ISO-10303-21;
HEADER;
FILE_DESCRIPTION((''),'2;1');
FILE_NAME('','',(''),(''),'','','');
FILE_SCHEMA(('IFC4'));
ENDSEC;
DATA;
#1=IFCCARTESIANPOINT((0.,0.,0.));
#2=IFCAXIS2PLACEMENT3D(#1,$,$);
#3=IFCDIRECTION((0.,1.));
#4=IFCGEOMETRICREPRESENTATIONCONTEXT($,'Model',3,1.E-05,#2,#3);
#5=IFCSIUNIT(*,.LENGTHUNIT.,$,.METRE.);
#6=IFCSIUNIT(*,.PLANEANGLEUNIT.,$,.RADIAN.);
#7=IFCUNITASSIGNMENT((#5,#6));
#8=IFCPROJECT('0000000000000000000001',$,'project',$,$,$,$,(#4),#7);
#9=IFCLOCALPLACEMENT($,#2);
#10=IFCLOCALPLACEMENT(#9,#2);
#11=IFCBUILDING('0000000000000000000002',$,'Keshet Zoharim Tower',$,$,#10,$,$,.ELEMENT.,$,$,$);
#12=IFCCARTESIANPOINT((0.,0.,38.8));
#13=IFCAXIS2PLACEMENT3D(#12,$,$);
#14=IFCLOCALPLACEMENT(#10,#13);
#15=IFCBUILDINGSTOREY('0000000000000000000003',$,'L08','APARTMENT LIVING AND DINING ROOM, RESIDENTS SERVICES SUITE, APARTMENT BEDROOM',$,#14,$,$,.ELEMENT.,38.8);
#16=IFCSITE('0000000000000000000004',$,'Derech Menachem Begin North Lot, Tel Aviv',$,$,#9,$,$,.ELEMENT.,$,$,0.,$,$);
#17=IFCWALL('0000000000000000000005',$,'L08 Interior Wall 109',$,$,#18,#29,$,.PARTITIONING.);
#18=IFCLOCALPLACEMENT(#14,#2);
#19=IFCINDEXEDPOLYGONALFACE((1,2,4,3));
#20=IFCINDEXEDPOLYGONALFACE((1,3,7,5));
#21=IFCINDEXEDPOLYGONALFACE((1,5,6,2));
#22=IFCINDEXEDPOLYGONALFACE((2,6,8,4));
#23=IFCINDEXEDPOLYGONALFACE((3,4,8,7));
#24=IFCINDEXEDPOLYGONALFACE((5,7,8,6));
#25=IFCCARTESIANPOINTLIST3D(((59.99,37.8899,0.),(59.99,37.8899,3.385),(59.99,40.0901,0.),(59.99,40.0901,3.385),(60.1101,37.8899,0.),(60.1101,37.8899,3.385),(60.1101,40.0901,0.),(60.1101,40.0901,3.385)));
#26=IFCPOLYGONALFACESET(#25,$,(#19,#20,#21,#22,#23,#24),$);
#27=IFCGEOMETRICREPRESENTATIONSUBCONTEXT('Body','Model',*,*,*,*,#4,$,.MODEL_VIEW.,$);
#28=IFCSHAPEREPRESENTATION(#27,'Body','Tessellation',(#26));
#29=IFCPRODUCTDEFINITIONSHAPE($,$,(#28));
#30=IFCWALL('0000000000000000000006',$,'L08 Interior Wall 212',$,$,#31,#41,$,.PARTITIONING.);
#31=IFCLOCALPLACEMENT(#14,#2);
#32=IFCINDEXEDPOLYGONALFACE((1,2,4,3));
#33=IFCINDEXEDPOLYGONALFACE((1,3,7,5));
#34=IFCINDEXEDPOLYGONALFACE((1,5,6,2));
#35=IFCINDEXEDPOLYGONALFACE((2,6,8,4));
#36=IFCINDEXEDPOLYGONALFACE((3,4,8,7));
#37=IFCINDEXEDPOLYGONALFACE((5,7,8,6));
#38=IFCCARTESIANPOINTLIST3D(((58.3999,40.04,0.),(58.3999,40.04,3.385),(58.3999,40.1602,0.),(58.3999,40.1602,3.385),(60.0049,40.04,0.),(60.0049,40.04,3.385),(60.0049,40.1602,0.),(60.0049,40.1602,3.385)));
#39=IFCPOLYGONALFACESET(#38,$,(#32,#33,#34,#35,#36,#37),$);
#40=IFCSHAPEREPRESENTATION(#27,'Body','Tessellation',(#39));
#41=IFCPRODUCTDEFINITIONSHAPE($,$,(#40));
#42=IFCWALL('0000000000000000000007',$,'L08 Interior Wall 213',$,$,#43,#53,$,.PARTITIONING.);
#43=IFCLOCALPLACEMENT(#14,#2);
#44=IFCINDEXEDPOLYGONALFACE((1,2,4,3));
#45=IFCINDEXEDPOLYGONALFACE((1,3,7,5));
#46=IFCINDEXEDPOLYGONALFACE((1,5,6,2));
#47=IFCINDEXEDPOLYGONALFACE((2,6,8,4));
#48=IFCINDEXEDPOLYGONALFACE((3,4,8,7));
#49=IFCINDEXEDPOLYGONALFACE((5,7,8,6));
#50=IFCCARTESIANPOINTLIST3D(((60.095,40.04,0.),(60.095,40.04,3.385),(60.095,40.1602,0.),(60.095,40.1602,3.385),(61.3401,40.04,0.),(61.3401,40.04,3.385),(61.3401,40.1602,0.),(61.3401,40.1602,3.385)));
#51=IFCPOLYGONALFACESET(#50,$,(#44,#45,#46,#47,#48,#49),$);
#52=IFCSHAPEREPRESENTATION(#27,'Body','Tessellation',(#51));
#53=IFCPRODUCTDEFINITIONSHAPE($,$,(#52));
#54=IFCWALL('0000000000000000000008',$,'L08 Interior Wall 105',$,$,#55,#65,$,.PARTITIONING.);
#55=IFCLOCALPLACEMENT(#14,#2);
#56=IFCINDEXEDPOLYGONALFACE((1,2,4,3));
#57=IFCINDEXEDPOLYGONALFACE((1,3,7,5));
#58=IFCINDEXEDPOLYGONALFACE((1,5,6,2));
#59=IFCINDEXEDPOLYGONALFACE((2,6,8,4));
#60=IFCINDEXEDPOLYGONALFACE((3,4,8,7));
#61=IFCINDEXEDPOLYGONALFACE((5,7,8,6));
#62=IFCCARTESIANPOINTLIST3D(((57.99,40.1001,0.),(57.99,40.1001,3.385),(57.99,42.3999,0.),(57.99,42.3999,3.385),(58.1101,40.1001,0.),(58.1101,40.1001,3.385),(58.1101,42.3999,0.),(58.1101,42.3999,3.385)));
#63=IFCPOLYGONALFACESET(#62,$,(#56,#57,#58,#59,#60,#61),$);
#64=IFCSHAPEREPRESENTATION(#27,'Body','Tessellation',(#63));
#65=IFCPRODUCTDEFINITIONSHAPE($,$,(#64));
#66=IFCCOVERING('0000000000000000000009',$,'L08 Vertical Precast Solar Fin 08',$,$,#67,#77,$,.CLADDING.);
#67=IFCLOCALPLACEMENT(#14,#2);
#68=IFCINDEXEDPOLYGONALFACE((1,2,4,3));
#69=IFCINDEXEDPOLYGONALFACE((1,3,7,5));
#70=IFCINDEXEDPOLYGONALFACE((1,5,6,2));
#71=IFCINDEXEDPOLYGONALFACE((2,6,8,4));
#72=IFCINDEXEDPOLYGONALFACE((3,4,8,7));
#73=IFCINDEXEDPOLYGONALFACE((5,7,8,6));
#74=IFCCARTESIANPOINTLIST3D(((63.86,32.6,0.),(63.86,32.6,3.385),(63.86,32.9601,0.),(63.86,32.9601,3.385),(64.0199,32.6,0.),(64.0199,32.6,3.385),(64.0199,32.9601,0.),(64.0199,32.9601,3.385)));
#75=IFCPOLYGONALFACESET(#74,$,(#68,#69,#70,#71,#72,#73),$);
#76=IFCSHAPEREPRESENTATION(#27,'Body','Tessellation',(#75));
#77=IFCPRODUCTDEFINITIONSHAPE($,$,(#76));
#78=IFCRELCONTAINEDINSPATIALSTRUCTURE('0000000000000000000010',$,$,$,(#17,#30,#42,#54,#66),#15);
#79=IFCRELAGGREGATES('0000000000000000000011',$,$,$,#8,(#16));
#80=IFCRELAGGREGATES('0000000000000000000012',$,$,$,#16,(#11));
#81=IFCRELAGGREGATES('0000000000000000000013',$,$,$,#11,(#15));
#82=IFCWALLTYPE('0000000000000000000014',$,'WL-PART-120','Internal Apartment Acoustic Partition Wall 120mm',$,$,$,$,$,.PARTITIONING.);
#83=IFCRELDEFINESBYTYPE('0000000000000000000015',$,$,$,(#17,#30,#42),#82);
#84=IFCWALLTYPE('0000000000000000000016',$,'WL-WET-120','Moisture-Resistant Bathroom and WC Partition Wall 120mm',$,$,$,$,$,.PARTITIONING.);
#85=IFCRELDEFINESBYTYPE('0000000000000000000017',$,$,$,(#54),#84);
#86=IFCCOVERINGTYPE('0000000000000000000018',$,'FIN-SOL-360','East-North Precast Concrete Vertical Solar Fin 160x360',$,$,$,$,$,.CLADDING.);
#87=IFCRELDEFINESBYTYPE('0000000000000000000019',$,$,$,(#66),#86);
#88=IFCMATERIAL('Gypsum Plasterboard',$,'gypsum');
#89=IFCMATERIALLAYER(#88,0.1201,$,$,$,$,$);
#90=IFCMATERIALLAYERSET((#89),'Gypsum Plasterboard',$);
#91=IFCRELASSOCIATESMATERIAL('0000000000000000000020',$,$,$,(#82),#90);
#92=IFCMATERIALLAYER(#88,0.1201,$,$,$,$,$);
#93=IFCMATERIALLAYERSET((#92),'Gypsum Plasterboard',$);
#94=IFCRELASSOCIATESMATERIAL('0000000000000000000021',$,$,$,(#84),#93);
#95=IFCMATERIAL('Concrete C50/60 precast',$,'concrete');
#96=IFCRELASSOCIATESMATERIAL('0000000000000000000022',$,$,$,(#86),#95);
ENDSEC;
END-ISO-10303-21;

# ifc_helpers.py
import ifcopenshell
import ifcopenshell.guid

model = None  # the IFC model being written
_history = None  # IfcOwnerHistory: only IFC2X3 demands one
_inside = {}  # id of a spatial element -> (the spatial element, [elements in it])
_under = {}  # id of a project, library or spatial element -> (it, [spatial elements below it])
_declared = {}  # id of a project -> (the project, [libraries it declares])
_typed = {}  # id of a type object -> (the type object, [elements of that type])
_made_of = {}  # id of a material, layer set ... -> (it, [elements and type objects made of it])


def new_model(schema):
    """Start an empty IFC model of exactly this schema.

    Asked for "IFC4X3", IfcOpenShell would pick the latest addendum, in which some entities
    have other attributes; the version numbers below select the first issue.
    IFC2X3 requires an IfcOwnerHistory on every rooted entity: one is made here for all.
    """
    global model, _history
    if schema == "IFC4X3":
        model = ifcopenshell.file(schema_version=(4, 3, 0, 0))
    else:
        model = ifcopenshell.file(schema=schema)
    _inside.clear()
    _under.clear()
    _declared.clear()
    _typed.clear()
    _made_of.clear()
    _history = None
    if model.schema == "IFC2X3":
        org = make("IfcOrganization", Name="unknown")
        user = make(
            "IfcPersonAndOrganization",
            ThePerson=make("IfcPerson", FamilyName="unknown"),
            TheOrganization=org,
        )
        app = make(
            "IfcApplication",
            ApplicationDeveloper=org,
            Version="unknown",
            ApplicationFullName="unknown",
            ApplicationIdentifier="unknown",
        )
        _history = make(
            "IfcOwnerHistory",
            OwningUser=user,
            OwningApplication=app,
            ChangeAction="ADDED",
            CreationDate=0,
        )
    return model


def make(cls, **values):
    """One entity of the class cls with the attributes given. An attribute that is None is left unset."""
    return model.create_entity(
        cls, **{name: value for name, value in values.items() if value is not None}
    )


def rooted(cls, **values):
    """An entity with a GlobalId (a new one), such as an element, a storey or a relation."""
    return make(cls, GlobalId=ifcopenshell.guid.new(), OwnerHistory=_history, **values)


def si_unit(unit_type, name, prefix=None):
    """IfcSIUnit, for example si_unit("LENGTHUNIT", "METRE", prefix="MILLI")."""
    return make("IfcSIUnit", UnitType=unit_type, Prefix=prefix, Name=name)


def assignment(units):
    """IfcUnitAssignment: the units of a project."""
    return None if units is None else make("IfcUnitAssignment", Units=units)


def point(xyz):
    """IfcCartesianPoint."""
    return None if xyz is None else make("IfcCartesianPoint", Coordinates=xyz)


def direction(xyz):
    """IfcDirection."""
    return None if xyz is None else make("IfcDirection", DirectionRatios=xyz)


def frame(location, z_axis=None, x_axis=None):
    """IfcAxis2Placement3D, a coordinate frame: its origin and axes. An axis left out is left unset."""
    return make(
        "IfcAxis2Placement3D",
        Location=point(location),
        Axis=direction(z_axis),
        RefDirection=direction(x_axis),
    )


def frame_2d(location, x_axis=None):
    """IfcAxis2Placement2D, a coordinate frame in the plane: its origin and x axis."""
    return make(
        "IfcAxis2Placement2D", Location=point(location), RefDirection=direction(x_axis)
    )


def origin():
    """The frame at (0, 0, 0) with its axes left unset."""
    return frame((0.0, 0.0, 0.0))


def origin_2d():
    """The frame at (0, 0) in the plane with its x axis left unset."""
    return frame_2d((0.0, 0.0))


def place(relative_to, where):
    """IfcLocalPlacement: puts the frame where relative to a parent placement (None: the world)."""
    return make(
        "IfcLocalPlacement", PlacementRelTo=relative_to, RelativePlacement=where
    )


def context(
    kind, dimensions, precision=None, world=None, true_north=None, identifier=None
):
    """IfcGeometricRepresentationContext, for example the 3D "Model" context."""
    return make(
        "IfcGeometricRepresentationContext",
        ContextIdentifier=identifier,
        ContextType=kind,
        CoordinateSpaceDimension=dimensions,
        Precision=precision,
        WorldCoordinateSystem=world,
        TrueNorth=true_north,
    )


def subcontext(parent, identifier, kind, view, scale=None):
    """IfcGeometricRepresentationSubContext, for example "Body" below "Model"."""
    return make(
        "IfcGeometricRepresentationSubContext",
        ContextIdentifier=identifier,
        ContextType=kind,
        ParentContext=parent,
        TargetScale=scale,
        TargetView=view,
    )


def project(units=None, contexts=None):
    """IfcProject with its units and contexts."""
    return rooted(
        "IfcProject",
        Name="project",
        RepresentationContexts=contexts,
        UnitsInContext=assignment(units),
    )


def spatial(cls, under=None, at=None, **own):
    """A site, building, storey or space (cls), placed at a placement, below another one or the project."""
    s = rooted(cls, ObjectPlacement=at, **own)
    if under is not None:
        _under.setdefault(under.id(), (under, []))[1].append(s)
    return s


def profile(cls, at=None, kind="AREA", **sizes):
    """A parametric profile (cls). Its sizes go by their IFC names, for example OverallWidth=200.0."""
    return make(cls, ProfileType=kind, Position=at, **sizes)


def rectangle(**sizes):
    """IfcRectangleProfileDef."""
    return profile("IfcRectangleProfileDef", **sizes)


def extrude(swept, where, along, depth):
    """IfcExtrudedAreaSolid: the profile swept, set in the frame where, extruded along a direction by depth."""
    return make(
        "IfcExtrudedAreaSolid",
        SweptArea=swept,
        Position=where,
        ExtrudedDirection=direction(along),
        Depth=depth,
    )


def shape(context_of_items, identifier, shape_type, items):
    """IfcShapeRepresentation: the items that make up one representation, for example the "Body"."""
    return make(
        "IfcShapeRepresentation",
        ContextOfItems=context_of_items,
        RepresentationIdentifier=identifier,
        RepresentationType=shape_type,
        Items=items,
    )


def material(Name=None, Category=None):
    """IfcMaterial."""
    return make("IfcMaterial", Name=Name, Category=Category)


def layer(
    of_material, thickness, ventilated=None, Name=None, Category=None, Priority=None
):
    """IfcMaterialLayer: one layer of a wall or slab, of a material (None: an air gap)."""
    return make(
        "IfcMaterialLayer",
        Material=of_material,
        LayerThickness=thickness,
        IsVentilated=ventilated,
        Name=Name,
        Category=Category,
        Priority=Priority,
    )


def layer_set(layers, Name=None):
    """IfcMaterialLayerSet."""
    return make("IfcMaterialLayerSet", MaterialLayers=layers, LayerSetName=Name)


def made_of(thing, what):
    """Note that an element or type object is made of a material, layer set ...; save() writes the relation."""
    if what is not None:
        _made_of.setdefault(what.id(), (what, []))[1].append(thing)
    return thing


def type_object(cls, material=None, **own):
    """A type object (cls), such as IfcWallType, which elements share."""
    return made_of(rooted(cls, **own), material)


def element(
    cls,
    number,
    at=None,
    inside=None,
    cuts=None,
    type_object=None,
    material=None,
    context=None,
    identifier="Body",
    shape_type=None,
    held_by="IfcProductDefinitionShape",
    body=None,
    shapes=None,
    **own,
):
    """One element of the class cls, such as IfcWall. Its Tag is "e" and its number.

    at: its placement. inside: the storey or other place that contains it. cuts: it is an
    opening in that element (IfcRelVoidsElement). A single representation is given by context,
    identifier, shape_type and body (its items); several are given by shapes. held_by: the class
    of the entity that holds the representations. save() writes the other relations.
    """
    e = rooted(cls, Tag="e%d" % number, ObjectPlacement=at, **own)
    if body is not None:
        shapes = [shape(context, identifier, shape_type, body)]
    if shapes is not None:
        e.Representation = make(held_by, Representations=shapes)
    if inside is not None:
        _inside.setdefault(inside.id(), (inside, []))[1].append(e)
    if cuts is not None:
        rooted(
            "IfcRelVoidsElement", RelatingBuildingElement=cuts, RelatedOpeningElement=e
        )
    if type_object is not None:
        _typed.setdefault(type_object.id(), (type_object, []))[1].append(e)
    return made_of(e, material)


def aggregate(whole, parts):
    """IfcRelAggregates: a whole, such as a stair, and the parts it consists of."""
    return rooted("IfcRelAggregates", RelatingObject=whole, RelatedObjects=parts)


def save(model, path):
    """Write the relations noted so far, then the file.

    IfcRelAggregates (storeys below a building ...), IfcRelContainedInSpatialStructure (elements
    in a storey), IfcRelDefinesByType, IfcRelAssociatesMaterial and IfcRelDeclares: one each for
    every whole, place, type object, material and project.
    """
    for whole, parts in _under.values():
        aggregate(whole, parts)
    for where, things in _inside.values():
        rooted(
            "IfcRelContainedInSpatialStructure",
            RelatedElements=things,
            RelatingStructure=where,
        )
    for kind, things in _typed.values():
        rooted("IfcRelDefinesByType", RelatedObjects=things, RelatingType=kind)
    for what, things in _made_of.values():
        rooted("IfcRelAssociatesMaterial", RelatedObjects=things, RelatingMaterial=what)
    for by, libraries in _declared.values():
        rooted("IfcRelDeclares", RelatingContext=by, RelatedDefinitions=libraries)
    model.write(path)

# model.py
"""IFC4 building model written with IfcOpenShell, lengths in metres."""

from ifc_helpers import new_model, si_unit, direction, frame, frame_2d, origin, origin_2d, place, context, subcontext, project, spatial, rectangle, extrude, material, layer, layer_set, type_object, element, save


model = new_model("IFC4")

# Units and contexts
model_context = context("Model", 3, precision=1e-05, world=origin(), true_north=direction((0.0, 1.0)))
body_context = subcontext(model_context, "Body", "Model", "MODEL_VIEW")
ifc_project = project(units=[si_unit("LENGTHUNIT", "METRE"), si_unit("PLANEANGLEUNIT", "RADIAN")], contexts=[model_context])

# Site, building, storey
site_placement = place(None, origin())
site = spatial("IfcSite", under=ifc_project, at=site_placement, Name="Derech Menachem Begin North Lot, Tel Aviv", CompositionType="ELEMENT", RefElevation=0.0)
building_placement = place(site_placement, origin())
building = spatial("IfcBuilding", under=site, at=building_placement, Name="Keshet Zoharim Tower", CompositionType="ELEMENT")
storey_placement = place(building_placement, frame((0.0, 0.0, 38.8)))
storey = spatial("IfcBuildingStorey", under=building, at=storey_placement, Name="L08", Description="APARTMENT LIVING AND DINING ROOM, RESIDENTS SERVICES SUITE, APARTMENT BEDROOM", CompositionType="ELEMENT", Elevation=38.8)

# Walls
ifc_material_1 = material(Name="Gypsum Plasterboard", Category="gypsum")
ifc_layer_1 = layer(ifc_material_1, 0.1201)
ifc_layer_set_1 = layer_set([ifc_layer_1], Name="Gypsum Plasterboard")
wall_type_1 = type_object("IfcWallType", Name="WL-PART-120", Description="Internal Apartment Acoustic Partition Wall 120mm", PredefinedType="PARTITIONING", material=ifc_layer_set_1)
wall_1_placement = place(storey_placement, frame((60.05, 37.8899, 0.0), z_axis=(0.0, 0.0, 1.0), x_axis=(0.0, 1.0, 0.0)))
element("IfcWall", 1, at=wall_1_placement, inside=storey, type_object=wall_type_1, Name="L08 Interior Wall 109", PredefinedType="PARTITIONING", context=body_context, shape_type="SweptSolid", body=[
    extrude(rectangle(XDim=2.2002, YDim=0.1201, at=frame_2d((1.1001, 0.0))), origin(), (0.0, 0.0, 1.0), 3.385),
])
wall_2_placement = place(storey_placement, frame((58.3999, 40.1001, 0.0), z_axis=(0.0, 0.0, 1.0), x_axis=(1.0, 0.0, 0.0)))
element("IfcWall", 2, at=wall_2_placement, inside=storey, type_object=wall_type_1, Name="L08 Interior Wall 212", PredefinedType="PARTITIONING", context=body_context, shape_type="SweptSolid", body=[
    extrude(rectangle(XDim=1.605, YDim=0.1201, at=frame_2d((0.8025, 0.0))), origin(), (0.0, 0.0, 1.0), 3.385),
])
wall_3_placement = place(storey_placement, frame((60.095, 40.1001, 0.0), z_axis=(0.0, 0.0, 1.0), x_axis=(1.0, 0.0, 0.0)))
element("IfcWall", 3, at=wall_3_placement, inside=storey, type_object=wall_type_1, Name="L08 Interior Wall 213", PredefinedType="PARTITIONING", context=body_context, shape_type="SweptSolid", body=[
    extrude(rectangle(XDim=1.2451, YDim=0.1201, at=frame_2d((0.6226, 0.0))), origin(), (0.0, 0.0, 1.0), 3.385),
])
ifc_layer_2 = layer(ifc_material_1, 0.1201)
ifc_layer_set_2 = layer_set([ifc_layer_2], Name="Gypsum Plasterboard")
wall_type_2 = type_object("IfcWallType", Name="WL-WET-120", Description="Moisture-Resistant Bathroom and WC Partition Wall 120mm", PredefinedType="PARTITIONING", material=ifc_layer_set_2)
wall_4_placement = place(storey_placement, frame((58.05, 40.1001, 0.0), z_axis=(0.0, 0.0, 1.0), x_axis=(0.0, 1.0, 0.0)))
element("IfcWall", 4, at=wall_4_placement, inside=storey, type_object=wall_type_2, Name="L08 Interior Wall 105", PredefinedType="PARTITIONING", context=body_context, shape_type="SweptSolid", body=[
    extrude(rectangle(XDim=2.2998, YDim=0.1201, at=frame_2d((1.1499, 0.0))), origin(), (0.0, 0.0, 1.0), 3.385),
])

# Covering
ifc_material_2 = material(Name="Concrete C50/60 precast", Category="concrete")
covering_type = type_object("IfcCoveringType", Name="FIN-SOL-360", Description="East-North Precast Concrete Vertical Solar Fin 160x360", PredefinedType="CLADDING", material=ifc_material_2)
covering_placement = place(storey_placement, frame((63.9399, 32.78, 0.0), z_axis=(0.0, 0.0, 1.0), x_axis=(1.0, 0.0, 0.0)))
element("IfcCovering", 5, at=covering_placement, inside=storey, type_object=covering_type, Name="L08 Vertical Precast Solar Fin 08", PredefinedType="CLADDING", context=body_context, shape_type="SweptSolid", body=[
    extrude(rectangle(XDim=0.1599, YDim=0.3601, at=origin_2d()), origin(), (0.0, 0.0, 1.0), 3.385),
])

save(model, "model.ifc")
